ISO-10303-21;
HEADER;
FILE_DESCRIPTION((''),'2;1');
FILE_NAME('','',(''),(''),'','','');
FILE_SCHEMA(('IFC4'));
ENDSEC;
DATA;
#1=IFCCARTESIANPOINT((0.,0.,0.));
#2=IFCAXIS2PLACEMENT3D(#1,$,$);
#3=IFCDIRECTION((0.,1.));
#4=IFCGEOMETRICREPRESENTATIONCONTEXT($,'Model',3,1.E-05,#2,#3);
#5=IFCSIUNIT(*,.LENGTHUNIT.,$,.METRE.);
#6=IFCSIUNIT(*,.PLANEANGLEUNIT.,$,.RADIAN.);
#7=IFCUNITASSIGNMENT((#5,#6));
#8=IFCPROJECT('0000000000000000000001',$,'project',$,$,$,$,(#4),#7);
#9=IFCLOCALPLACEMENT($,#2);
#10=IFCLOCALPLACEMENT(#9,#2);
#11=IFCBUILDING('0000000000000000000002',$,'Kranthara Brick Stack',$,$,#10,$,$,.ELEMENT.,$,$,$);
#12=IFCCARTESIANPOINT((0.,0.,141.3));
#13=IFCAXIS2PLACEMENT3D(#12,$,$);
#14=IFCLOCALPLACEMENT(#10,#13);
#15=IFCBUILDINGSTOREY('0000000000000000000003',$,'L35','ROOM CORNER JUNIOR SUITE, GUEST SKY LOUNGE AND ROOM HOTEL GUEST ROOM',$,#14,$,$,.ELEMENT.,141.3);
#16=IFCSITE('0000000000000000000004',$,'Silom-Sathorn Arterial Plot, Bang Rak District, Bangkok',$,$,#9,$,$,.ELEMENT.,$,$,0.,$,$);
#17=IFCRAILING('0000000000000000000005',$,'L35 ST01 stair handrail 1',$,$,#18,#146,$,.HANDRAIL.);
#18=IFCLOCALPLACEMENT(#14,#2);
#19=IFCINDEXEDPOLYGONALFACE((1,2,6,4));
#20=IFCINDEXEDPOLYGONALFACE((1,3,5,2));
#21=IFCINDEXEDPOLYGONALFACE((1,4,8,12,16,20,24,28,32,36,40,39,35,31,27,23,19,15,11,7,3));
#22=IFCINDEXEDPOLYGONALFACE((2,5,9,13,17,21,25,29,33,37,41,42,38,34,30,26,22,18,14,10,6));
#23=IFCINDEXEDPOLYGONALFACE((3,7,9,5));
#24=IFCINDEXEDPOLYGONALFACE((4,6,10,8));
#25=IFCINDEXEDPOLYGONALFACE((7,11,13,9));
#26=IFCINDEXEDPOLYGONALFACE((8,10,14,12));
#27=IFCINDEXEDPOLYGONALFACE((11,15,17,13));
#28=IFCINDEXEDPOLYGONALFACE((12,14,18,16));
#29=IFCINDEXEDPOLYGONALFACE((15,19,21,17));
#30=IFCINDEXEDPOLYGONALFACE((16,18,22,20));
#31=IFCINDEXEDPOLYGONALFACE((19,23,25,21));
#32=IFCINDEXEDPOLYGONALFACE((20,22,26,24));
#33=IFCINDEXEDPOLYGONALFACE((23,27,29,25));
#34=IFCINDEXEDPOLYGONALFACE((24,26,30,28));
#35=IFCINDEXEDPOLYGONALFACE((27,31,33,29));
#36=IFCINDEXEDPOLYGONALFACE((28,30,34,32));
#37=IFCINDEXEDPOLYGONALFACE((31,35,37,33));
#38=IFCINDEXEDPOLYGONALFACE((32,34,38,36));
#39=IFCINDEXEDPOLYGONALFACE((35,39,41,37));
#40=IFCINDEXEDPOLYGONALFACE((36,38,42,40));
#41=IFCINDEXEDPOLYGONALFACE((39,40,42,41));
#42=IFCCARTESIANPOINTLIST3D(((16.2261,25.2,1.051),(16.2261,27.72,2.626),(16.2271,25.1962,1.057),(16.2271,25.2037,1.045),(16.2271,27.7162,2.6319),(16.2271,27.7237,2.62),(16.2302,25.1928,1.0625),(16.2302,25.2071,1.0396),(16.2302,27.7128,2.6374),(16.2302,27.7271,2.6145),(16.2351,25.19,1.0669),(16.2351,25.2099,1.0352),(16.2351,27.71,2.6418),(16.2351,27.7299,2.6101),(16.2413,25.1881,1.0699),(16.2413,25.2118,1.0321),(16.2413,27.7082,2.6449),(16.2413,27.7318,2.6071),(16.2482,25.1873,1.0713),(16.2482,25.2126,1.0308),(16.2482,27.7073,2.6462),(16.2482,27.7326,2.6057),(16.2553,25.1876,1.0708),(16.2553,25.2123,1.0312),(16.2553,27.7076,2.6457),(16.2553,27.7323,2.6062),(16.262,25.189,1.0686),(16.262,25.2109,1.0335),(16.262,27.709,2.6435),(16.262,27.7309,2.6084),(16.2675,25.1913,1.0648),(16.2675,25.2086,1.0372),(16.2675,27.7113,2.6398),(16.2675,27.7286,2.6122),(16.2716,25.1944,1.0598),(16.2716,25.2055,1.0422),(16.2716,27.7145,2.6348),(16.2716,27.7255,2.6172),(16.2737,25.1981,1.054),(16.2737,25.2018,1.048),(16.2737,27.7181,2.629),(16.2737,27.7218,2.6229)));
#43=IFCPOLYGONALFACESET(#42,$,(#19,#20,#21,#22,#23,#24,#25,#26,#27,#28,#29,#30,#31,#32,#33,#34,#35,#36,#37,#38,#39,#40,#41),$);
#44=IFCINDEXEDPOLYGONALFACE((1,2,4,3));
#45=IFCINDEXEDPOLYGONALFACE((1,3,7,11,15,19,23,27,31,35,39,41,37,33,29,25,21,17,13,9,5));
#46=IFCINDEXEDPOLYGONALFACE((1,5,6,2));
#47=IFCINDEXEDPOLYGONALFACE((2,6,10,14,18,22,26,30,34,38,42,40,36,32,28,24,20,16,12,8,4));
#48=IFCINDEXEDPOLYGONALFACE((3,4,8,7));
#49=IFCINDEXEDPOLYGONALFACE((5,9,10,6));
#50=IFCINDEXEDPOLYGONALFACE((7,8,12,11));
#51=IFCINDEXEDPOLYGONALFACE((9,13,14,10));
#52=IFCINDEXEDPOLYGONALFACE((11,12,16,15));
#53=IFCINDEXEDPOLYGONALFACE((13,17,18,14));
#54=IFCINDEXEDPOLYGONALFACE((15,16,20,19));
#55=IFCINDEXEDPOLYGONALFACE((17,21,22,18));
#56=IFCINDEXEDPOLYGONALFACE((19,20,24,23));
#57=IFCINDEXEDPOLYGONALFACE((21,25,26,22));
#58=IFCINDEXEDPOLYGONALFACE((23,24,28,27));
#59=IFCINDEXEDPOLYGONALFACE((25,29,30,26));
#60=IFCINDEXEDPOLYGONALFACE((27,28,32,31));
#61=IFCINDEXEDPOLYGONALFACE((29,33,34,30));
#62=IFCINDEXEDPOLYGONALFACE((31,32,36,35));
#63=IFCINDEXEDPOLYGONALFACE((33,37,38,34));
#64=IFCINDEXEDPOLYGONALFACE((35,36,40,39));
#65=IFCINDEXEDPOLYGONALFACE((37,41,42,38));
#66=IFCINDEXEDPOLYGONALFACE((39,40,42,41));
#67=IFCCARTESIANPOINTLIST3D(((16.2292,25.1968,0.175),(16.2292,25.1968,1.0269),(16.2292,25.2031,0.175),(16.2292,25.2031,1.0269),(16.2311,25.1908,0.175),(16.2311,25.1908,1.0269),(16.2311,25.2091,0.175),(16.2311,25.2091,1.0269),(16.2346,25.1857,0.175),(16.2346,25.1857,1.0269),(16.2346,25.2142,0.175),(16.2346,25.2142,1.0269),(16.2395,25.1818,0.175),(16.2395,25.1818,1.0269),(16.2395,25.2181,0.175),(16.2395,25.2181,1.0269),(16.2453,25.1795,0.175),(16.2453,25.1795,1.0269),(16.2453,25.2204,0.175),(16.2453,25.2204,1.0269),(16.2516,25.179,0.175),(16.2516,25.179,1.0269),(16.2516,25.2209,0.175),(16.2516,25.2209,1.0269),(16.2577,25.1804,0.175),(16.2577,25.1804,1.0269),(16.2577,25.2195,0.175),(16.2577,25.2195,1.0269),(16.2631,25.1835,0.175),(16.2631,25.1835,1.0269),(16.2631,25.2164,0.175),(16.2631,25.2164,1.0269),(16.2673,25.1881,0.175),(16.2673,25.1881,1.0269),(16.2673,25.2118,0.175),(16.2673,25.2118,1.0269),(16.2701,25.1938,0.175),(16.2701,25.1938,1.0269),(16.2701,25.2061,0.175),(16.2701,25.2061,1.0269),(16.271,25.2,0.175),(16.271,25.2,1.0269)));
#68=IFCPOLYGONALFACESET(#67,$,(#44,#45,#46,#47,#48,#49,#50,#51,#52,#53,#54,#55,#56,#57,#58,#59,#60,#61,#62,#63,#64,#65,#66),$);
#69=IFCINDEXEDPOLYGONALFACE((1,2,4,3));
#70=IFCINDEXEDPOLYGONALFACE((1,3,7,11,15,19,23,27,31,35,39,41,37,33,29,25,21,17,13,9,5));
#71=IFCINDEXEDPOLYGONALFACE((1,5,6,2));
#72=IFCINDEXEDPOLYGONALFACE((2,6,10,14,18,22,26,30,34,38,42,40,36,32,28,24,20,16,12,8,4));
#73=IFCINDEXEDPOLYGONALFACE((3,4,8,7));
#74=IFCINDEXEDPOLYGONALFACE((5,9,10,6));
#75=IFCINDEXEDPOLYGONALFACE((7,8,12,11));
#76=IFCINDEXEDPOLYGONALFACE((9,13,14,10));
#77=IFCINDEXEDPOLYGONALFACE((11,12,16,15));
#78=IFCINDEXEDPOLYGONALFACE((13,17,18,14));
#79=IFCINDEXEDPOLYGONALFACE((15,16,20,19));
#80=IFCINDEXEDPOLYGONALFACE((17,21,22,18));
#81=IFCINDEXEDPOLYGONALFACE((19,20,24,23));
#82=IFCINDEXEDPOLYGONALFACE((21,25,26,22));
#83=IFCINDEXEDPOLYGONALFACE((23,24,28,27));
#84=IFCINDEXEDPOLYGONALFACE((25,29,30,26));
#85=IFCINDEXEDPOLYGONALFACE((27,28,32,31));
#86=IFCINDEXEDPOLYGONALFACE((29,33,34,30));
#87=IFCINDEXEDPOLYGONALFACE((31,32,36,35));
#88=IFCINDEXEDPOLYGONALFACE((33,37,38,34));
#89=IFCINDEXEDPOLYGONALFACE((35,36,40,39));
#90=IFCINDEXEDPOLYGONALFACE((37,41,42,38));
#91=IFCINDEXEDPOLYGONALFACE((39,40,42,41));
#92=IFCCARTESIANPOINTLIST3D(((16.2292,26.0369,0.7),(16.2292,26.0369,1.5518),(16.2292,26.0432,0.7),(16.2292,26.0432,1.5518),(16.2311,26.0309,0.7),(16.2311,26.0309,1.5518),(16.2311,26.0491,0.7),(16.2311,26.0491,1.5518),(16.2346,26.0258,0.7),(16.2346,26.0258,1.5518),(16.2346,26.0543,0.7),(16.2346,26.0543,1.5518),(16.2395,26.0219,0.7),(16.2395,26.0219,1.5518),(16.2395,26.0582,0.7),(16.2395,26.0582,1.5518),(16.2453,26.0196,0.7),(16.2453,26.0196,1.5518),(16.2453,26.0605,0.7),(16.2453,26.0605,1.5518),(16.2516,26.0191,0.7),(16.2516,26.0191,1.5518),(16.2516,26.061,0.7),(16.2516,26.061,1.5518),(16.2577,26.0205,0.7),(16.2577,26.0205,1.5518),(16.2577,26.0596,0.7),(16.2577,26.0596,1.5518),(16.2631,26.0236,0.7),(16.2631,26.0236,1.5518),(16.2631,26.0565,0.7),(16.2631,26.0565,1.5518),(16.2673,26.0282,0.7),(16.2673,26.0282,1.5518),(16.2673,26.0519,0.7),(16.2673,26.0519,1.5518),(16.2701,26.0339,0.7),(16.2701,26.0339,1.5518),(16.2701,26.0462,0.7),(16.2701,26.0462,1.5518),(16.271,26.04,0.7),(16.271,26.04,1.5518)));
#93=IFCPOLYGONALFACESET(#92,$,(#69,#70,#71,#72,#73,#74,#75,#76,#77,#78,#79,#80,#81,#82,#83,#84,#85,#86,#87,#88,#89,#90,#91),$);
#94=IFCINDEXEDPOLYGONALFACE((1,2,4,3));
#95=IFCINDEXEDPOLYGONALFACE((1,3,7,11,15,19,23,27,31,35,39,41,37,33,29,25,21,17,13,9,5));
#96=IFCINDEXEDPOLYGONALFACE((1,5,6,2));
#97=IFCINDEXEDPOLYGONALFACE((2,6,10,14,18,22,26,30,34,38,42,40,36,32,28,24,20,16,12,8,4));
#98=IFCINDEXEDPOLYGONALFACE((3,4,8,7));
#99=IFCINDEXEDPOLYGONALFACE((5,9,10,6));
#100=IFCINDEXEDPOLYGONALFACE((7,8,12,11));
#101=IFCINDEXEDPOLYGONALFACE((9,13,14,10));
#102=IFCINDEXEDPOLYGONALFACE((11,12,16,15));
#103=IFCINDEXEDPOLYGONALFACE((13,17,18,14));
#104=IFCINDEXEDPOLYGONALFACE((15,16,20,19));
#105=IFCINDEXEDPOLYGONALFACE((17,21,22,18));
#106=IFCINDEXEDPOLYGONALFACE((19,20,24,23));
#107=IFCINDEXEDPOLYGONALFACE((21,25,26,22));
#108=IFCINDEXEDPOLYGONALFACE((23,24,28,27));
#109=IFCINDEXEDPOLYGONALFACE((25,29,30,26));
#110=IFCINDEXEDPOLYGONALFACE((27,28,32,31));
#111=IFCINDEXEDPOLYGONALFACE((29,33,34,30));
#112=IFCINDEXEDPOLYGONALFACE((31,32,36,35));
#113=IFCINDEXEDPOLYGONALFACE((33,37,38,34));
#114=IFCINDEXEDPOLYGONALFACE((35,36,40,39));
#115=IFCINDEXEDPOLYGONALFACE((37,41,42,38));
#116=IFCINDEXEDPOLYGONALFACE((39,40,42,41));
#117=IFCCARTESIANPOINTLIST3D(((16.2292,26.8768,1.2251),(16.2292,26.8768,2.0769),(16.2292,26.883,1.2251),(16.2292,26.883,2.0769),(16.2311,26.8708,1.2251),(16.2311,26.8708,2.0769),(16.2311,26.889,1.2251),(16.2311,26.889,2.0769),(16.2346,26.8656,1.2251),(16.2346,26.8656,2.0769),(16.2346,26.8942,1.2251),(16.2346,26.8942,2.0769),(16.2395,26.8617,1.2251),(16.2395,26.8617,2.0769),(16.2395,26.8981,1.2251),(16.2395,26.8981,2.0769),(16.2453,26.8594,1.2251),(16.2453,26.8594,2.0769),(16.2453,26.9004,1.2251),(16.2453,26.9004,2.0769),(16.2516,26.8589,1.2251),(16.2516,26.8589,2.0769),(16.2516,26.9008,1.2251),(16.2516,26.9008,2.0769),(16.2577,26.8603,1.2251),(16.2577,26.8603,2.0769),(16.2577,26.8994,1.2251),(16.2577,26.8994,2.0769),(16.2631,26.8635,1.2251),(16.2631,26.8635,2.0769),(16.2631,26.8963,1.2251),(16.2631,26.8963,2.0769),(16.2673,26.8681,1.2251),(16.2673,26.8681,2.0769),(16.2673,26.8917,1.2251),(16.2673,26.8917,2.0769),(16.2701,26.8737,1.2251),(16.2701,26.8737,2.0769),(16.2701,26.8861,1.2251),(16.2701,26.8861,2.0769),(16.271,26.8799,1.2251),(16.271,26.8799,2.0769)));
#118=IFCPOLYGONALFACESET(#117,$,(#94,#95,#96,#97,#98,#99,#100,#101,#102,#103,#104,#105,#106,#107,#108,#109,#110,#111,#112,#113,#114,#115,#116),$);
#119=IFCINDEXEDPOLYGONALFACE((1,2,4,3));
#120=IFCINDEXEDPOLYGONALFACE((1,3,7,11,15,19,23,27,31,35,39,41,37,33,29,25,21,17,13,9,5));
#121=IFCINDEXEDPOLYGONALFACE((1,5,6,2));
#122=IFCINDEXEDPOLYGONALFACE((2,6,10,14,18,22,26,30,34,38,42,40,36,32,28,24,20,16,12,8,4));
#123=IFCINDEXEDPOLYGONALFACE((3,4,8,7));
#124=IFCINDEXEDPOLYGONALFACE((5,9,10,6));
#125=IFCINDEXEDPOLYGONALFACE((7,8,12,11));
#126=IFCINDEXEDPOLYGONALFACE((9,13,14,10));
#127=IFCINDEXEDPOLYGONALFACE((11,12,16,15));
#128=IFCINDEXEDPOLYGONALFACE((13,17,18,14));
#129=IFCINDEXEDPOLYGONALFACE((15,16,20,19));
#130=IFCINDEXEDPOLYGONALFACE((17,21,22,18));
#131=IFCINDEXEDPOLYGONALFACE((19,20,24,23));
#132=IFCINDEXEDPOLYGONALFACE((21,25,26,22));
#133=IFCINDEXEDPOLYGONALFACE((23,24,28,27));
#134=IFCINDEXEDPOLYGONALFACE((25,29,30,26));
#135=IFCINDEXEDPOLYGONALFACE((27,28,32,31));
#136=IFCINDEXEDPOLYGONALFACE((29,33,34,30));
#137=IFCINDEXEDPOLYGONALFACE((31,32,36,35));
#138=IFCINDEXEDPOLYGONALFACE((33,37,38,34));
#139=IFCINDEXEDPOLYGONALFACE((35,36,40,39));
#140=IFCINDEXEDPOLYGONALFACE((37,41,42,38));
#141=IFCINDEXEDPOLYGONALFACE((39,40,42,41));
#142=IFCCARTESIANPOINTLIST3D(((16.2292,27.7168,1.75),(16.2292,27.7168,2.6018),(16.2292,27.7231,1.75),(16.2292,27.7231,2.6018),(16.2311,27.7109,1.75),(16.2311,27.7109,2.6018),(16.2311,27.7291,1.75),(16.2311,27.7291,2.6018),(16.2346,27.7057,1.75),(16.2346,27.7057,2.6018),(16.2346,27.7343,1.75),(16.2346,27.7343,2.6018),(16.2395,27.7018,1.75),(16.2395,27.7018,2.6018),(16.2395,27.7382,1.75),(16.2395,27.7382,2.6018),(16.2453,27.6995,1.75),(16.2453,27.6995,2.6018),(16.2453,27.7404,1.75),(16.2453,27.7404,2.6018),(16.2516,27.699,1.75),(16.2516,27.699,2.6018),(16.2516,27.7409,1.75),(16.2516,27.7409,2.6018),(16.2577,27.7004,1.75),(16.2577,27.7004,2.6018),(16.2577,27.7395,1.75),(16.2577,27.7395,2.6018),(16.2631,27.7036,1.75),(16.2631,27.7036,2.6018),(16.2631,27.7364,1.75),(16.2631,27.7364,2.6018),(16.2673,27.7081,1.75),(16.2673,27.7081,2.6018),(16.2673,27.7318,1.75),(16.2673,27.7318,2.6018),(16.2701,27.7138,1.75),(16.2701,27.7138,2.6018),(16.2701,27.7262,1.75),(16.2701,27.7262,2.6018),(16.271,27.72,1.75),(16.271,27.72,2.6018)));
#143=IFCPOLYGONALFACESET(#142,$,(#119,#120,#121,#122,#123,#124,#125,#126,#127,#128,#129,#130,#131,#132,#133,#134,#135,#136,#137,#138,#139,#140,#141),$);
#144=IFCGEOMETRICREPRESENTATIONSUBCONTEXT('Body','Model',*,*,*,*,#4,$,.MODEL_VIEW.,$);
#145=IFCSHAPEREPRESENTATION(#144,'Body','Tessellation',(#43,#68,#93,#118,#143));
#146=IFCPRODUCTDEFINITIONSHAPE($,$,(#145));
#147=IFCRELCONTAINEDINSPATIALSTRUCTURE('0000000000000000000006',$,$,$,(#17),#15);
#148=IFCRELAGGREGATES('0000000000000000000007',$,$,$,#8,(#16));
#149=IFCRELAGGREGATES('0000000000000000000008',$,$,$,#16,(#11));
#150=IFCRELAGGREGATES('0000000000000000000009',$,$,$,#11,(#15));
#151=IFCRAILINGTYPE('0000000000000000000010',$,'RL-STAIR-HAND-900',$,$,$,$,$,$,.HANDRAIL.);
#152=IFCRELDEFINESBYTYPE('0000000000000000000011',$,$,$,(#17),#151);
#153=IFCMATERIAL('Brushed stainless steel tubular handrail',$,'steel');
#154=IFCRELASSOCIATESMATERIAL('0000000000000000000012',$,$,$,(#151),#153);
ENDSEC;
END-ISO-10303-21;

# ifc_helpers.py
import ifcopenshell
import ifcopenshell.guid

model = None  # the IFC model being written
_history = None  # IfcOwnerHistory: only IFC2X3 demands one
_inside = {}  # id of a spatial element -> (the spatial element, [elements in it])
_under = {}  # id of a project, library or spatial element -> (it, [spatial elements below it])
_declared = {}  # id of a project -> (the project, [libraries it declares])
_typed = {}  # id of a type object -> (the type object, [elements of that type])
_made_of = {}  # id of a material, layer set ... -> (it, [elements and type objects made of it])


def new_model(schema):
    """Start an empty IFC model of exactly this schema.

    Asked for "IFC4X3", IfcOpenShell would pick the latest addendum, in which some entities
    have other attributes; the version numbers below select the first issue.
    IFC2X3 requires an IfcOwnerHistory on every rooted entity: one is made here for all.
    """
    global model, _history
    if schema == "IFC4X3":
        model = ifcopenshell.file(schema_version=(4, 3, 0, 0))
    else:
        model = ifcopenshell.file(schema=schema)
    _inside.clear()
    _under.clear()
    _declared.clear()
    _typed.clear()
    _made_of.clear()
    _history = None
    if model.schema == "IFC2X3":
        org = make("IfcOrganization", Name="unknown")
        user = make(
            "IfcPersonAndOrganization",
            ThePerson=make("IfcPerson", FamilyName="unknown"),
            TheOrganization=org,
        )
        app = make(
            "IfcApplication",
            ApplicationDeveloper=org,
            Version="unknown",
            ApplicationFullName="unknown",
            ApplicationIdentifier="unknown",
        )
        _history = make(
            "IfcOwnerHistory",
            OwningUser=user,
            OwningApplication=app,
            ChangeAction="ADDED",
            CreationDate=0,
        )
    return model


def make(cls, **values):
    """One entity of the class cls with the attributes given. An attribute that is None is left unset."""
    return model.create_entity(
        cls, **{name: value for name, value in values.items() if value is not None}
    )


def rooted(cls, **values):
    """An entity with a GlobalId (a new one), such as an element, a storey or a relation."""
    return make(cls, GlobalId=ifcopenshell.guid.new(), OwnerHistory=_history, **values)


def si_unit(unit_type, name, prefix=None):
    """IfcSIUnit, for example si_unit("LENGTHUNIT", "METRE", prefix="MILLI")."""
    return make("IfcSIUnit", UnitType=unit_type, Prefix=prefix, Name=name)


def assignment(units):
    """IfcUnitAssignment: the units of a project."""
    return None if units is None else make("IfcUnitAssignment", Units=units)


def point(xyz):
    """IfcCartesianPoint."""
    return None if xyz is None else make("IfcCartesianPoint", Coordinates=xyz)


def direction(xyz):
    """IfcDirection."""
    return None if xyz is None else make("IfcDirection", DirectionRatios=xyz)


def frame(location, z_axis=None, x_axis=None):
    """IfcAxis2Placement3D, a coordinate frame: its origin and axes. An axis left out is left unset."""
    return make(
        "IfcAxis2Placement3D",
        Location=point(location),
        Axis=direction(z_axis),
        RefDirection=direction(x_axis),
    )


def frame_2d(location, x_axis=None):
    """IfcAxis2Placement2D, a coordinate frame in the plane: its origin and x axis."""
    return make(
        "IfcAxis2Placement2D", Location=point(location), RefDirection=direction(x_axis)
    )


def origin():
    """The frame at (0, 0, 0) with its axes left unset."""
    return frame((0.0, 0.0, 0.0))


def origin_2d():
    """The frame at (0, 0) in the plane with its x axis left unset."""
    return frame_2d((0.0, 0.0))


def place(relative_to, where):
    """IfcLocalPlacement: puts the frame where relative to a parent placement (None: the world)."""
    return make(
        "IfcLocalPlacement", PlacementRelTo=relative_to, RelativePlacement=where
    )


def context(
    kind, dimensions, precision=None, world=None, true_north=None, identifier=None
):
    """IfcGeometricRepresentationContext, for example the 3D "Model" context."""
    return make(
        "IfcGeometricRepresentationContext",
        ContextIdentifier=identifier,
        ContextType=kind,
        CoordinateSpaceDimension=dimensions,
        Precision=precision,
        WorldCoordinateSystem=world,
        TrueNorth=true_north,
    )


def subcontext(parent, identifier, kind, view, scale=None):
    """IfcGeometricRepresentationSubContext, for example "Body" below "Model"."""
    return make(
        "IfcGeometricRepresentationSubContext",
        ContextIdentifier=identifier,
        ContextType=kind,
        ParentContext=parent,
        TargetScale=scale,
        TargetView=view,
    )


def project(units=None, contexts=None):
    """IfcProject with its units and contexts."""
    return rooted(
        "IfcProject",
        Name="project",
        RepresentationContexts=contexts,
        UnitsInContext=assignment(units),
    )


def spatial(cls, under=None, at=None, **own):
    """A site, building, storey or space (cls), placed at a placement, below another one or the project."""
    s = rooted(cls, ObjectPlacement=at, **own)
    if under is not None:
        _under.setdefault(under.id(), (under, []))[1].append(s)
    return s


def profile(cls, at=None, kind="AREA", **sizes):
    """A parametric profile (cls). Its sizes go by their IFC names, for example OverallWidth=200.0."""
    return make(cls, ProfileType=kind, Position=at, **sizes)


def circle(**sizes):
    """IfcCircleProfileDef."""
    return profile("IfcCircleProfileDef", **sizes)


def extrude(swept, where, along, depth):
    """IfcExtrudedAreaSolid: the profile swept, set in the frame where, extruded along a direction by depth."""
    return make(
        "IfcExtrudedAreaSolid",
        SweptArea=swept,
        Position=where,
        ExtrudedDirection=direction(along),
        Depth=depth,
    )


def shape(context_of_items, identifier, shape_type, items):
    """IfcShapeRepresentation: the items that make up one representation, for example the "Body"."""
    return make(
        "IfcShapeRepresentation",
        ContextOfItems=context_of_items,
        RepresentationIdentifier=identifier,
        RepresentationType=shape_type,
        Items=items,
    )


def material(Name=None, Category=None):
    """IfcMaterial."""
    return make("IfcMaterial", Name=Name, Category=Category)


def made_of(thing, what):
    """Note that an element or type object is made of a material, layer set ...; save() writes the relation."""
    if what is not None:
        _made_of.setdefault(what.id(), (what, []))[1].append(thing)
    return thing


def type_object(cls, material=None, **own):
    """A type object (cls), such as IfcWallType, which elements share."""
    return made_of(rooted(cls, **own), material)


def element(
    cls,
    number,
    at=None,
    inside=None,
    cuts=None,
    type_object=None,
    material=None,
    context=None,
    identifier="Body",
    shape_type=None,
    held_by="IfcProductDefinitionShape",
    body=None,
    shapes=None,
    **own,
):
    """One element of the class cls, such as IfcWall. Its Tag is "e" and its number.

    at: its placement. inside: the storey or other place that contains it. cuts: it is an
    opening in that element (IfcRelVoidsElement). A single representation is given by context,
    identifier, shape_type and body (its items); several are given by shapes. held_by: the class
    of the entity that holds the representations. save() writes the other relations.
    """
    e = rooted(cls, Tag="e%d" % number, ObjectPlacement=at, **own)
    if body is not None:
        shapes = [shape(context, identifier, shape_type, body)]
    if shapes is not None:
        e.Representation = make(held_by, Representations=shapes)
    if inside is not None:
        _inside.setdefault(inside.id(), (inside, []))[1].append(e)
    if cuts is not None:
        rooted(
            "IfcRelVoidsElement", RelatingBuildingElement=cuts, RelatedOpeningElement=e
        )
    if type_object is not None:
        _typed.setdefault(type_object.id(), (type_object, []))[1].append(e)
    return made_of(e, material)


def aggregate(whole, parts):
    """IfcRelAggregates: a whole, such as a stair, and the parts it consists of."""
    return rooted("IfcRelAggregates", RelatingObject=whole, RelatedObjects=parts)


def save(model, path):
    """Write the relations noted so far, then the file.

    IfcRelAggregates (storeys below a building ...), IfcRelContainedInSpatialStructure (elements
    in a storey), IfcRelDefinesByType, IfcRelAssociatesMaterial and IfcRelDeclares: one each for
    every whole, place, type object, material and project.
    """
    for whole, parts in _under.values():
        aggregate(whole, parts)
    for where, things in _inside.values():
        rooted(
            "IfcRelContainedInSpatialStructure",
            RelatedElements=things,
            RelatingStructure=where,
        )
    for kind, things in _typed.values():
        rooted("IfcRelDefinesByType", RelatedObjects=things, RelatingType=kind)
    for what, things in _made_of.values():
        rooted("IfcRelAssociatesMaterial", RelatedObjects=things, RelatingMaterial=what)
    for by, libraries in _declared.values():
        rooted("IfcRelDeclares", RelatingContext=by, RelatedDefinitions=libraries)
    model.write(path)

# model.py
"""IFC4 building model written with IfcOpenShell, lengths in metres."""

from ifc_helpers import new_model, si_unit, direction, frame, origin, origin_2d, place, context, subcontext, project, spatial, circle, extrude, material, type_object, element, save


model = new_model("IFC4")

# Units and contexts
model_context = context("Model", 3, precision=1e-05, world=origin(), true_north=direction((0.0, 1.0)))
body_context = subcontext(model_context, "Body", "Model", "MODEL_VIEW")
ifc_project = project(units=[si_unit("LENGTHUNIT", "METRE"), si_unit("PLANEANGLEUNIT", "RADIAN")], contexts=[model_context])

# Site, building, storey
site_placement = place(None, origin())
site = spatial("IfcSite", under=ifc_project, at=site_placement, Name="Silom-Sathorn Arterial Plot, Bang Rak District, Bangkok", CompositionType="ELEMENT", RefElevation=0.0)
building_placement = place(site_placement, origin())
building = spatial("IfcBuilding", under=site, at=building_placement, Name="Kranthara Brick Stack", CompositionType="ELEMENT")
storey_placement = place(building_placement, frame((0.0, 0.0, 141.3)))
storey = spatial("IfcBuildingStorey", under=building, at=storey_placement, Name="L35", Description="ROOM CORNER JUNIOR SUITE, GUEST SKY LOUNGE AND ROOM HOTEL GUEST ROOM", CompositionType="ELEMENT", Elevation=141.3)

# Railing
ifc_material_1 = material(Name="Brushed stainless steel tubular handrail", Category="steel")
railing_type_1 = type_object("IfcRailingType", Name="RL-STAIR-HAND-900", PredefinedType="HANDRAIL", material=ifc_material_1)
railing_1_placement = place(storey_placement, frame((16.25, 25.2, 0.175)))
element("IfcRailing", 1, at=railing_1_placement, inside=storey, type_object=railing_type_1, Name="L35 ST01 stair handrail 1", PredefinedType="HANDRAIL", context=body_context, shape_type="SweptSolid", body=[
    extrude(circle(Radius=0.0239, at=origin_2d()), frame((0.0, 0.0, 0.876), z_axis=(0.0, 0.848008, 0.529984), x_axis=(-1.0, 0.0, 0.0)), (0.0, 0.0, 1.0), 2.9717),
    extrude(circle(Radius=0.021, at=origin_2d()), origin(), (0.0, 0.0, 1.0), 0.8518),
    extrude(circle(Radius=0.021, at=origin_2d()), frame((0.0, 0.8401, 0.5249)), (0.0, 0.0, 1.0), 0.8518),
    extrude(circle(Radius=0.021, at=origin_2d()), frame((0.0, 1.6799, 1.05)), (0.0, 0.0, 1.0), 0.8518),
    extrude(circle(Radius=0.021, at=origin_2d()), frame((0.0, 2.52, 1.575)), (0.0, 0.0, 1.0), 0.8518),
])

save(model, "model.ifc")
